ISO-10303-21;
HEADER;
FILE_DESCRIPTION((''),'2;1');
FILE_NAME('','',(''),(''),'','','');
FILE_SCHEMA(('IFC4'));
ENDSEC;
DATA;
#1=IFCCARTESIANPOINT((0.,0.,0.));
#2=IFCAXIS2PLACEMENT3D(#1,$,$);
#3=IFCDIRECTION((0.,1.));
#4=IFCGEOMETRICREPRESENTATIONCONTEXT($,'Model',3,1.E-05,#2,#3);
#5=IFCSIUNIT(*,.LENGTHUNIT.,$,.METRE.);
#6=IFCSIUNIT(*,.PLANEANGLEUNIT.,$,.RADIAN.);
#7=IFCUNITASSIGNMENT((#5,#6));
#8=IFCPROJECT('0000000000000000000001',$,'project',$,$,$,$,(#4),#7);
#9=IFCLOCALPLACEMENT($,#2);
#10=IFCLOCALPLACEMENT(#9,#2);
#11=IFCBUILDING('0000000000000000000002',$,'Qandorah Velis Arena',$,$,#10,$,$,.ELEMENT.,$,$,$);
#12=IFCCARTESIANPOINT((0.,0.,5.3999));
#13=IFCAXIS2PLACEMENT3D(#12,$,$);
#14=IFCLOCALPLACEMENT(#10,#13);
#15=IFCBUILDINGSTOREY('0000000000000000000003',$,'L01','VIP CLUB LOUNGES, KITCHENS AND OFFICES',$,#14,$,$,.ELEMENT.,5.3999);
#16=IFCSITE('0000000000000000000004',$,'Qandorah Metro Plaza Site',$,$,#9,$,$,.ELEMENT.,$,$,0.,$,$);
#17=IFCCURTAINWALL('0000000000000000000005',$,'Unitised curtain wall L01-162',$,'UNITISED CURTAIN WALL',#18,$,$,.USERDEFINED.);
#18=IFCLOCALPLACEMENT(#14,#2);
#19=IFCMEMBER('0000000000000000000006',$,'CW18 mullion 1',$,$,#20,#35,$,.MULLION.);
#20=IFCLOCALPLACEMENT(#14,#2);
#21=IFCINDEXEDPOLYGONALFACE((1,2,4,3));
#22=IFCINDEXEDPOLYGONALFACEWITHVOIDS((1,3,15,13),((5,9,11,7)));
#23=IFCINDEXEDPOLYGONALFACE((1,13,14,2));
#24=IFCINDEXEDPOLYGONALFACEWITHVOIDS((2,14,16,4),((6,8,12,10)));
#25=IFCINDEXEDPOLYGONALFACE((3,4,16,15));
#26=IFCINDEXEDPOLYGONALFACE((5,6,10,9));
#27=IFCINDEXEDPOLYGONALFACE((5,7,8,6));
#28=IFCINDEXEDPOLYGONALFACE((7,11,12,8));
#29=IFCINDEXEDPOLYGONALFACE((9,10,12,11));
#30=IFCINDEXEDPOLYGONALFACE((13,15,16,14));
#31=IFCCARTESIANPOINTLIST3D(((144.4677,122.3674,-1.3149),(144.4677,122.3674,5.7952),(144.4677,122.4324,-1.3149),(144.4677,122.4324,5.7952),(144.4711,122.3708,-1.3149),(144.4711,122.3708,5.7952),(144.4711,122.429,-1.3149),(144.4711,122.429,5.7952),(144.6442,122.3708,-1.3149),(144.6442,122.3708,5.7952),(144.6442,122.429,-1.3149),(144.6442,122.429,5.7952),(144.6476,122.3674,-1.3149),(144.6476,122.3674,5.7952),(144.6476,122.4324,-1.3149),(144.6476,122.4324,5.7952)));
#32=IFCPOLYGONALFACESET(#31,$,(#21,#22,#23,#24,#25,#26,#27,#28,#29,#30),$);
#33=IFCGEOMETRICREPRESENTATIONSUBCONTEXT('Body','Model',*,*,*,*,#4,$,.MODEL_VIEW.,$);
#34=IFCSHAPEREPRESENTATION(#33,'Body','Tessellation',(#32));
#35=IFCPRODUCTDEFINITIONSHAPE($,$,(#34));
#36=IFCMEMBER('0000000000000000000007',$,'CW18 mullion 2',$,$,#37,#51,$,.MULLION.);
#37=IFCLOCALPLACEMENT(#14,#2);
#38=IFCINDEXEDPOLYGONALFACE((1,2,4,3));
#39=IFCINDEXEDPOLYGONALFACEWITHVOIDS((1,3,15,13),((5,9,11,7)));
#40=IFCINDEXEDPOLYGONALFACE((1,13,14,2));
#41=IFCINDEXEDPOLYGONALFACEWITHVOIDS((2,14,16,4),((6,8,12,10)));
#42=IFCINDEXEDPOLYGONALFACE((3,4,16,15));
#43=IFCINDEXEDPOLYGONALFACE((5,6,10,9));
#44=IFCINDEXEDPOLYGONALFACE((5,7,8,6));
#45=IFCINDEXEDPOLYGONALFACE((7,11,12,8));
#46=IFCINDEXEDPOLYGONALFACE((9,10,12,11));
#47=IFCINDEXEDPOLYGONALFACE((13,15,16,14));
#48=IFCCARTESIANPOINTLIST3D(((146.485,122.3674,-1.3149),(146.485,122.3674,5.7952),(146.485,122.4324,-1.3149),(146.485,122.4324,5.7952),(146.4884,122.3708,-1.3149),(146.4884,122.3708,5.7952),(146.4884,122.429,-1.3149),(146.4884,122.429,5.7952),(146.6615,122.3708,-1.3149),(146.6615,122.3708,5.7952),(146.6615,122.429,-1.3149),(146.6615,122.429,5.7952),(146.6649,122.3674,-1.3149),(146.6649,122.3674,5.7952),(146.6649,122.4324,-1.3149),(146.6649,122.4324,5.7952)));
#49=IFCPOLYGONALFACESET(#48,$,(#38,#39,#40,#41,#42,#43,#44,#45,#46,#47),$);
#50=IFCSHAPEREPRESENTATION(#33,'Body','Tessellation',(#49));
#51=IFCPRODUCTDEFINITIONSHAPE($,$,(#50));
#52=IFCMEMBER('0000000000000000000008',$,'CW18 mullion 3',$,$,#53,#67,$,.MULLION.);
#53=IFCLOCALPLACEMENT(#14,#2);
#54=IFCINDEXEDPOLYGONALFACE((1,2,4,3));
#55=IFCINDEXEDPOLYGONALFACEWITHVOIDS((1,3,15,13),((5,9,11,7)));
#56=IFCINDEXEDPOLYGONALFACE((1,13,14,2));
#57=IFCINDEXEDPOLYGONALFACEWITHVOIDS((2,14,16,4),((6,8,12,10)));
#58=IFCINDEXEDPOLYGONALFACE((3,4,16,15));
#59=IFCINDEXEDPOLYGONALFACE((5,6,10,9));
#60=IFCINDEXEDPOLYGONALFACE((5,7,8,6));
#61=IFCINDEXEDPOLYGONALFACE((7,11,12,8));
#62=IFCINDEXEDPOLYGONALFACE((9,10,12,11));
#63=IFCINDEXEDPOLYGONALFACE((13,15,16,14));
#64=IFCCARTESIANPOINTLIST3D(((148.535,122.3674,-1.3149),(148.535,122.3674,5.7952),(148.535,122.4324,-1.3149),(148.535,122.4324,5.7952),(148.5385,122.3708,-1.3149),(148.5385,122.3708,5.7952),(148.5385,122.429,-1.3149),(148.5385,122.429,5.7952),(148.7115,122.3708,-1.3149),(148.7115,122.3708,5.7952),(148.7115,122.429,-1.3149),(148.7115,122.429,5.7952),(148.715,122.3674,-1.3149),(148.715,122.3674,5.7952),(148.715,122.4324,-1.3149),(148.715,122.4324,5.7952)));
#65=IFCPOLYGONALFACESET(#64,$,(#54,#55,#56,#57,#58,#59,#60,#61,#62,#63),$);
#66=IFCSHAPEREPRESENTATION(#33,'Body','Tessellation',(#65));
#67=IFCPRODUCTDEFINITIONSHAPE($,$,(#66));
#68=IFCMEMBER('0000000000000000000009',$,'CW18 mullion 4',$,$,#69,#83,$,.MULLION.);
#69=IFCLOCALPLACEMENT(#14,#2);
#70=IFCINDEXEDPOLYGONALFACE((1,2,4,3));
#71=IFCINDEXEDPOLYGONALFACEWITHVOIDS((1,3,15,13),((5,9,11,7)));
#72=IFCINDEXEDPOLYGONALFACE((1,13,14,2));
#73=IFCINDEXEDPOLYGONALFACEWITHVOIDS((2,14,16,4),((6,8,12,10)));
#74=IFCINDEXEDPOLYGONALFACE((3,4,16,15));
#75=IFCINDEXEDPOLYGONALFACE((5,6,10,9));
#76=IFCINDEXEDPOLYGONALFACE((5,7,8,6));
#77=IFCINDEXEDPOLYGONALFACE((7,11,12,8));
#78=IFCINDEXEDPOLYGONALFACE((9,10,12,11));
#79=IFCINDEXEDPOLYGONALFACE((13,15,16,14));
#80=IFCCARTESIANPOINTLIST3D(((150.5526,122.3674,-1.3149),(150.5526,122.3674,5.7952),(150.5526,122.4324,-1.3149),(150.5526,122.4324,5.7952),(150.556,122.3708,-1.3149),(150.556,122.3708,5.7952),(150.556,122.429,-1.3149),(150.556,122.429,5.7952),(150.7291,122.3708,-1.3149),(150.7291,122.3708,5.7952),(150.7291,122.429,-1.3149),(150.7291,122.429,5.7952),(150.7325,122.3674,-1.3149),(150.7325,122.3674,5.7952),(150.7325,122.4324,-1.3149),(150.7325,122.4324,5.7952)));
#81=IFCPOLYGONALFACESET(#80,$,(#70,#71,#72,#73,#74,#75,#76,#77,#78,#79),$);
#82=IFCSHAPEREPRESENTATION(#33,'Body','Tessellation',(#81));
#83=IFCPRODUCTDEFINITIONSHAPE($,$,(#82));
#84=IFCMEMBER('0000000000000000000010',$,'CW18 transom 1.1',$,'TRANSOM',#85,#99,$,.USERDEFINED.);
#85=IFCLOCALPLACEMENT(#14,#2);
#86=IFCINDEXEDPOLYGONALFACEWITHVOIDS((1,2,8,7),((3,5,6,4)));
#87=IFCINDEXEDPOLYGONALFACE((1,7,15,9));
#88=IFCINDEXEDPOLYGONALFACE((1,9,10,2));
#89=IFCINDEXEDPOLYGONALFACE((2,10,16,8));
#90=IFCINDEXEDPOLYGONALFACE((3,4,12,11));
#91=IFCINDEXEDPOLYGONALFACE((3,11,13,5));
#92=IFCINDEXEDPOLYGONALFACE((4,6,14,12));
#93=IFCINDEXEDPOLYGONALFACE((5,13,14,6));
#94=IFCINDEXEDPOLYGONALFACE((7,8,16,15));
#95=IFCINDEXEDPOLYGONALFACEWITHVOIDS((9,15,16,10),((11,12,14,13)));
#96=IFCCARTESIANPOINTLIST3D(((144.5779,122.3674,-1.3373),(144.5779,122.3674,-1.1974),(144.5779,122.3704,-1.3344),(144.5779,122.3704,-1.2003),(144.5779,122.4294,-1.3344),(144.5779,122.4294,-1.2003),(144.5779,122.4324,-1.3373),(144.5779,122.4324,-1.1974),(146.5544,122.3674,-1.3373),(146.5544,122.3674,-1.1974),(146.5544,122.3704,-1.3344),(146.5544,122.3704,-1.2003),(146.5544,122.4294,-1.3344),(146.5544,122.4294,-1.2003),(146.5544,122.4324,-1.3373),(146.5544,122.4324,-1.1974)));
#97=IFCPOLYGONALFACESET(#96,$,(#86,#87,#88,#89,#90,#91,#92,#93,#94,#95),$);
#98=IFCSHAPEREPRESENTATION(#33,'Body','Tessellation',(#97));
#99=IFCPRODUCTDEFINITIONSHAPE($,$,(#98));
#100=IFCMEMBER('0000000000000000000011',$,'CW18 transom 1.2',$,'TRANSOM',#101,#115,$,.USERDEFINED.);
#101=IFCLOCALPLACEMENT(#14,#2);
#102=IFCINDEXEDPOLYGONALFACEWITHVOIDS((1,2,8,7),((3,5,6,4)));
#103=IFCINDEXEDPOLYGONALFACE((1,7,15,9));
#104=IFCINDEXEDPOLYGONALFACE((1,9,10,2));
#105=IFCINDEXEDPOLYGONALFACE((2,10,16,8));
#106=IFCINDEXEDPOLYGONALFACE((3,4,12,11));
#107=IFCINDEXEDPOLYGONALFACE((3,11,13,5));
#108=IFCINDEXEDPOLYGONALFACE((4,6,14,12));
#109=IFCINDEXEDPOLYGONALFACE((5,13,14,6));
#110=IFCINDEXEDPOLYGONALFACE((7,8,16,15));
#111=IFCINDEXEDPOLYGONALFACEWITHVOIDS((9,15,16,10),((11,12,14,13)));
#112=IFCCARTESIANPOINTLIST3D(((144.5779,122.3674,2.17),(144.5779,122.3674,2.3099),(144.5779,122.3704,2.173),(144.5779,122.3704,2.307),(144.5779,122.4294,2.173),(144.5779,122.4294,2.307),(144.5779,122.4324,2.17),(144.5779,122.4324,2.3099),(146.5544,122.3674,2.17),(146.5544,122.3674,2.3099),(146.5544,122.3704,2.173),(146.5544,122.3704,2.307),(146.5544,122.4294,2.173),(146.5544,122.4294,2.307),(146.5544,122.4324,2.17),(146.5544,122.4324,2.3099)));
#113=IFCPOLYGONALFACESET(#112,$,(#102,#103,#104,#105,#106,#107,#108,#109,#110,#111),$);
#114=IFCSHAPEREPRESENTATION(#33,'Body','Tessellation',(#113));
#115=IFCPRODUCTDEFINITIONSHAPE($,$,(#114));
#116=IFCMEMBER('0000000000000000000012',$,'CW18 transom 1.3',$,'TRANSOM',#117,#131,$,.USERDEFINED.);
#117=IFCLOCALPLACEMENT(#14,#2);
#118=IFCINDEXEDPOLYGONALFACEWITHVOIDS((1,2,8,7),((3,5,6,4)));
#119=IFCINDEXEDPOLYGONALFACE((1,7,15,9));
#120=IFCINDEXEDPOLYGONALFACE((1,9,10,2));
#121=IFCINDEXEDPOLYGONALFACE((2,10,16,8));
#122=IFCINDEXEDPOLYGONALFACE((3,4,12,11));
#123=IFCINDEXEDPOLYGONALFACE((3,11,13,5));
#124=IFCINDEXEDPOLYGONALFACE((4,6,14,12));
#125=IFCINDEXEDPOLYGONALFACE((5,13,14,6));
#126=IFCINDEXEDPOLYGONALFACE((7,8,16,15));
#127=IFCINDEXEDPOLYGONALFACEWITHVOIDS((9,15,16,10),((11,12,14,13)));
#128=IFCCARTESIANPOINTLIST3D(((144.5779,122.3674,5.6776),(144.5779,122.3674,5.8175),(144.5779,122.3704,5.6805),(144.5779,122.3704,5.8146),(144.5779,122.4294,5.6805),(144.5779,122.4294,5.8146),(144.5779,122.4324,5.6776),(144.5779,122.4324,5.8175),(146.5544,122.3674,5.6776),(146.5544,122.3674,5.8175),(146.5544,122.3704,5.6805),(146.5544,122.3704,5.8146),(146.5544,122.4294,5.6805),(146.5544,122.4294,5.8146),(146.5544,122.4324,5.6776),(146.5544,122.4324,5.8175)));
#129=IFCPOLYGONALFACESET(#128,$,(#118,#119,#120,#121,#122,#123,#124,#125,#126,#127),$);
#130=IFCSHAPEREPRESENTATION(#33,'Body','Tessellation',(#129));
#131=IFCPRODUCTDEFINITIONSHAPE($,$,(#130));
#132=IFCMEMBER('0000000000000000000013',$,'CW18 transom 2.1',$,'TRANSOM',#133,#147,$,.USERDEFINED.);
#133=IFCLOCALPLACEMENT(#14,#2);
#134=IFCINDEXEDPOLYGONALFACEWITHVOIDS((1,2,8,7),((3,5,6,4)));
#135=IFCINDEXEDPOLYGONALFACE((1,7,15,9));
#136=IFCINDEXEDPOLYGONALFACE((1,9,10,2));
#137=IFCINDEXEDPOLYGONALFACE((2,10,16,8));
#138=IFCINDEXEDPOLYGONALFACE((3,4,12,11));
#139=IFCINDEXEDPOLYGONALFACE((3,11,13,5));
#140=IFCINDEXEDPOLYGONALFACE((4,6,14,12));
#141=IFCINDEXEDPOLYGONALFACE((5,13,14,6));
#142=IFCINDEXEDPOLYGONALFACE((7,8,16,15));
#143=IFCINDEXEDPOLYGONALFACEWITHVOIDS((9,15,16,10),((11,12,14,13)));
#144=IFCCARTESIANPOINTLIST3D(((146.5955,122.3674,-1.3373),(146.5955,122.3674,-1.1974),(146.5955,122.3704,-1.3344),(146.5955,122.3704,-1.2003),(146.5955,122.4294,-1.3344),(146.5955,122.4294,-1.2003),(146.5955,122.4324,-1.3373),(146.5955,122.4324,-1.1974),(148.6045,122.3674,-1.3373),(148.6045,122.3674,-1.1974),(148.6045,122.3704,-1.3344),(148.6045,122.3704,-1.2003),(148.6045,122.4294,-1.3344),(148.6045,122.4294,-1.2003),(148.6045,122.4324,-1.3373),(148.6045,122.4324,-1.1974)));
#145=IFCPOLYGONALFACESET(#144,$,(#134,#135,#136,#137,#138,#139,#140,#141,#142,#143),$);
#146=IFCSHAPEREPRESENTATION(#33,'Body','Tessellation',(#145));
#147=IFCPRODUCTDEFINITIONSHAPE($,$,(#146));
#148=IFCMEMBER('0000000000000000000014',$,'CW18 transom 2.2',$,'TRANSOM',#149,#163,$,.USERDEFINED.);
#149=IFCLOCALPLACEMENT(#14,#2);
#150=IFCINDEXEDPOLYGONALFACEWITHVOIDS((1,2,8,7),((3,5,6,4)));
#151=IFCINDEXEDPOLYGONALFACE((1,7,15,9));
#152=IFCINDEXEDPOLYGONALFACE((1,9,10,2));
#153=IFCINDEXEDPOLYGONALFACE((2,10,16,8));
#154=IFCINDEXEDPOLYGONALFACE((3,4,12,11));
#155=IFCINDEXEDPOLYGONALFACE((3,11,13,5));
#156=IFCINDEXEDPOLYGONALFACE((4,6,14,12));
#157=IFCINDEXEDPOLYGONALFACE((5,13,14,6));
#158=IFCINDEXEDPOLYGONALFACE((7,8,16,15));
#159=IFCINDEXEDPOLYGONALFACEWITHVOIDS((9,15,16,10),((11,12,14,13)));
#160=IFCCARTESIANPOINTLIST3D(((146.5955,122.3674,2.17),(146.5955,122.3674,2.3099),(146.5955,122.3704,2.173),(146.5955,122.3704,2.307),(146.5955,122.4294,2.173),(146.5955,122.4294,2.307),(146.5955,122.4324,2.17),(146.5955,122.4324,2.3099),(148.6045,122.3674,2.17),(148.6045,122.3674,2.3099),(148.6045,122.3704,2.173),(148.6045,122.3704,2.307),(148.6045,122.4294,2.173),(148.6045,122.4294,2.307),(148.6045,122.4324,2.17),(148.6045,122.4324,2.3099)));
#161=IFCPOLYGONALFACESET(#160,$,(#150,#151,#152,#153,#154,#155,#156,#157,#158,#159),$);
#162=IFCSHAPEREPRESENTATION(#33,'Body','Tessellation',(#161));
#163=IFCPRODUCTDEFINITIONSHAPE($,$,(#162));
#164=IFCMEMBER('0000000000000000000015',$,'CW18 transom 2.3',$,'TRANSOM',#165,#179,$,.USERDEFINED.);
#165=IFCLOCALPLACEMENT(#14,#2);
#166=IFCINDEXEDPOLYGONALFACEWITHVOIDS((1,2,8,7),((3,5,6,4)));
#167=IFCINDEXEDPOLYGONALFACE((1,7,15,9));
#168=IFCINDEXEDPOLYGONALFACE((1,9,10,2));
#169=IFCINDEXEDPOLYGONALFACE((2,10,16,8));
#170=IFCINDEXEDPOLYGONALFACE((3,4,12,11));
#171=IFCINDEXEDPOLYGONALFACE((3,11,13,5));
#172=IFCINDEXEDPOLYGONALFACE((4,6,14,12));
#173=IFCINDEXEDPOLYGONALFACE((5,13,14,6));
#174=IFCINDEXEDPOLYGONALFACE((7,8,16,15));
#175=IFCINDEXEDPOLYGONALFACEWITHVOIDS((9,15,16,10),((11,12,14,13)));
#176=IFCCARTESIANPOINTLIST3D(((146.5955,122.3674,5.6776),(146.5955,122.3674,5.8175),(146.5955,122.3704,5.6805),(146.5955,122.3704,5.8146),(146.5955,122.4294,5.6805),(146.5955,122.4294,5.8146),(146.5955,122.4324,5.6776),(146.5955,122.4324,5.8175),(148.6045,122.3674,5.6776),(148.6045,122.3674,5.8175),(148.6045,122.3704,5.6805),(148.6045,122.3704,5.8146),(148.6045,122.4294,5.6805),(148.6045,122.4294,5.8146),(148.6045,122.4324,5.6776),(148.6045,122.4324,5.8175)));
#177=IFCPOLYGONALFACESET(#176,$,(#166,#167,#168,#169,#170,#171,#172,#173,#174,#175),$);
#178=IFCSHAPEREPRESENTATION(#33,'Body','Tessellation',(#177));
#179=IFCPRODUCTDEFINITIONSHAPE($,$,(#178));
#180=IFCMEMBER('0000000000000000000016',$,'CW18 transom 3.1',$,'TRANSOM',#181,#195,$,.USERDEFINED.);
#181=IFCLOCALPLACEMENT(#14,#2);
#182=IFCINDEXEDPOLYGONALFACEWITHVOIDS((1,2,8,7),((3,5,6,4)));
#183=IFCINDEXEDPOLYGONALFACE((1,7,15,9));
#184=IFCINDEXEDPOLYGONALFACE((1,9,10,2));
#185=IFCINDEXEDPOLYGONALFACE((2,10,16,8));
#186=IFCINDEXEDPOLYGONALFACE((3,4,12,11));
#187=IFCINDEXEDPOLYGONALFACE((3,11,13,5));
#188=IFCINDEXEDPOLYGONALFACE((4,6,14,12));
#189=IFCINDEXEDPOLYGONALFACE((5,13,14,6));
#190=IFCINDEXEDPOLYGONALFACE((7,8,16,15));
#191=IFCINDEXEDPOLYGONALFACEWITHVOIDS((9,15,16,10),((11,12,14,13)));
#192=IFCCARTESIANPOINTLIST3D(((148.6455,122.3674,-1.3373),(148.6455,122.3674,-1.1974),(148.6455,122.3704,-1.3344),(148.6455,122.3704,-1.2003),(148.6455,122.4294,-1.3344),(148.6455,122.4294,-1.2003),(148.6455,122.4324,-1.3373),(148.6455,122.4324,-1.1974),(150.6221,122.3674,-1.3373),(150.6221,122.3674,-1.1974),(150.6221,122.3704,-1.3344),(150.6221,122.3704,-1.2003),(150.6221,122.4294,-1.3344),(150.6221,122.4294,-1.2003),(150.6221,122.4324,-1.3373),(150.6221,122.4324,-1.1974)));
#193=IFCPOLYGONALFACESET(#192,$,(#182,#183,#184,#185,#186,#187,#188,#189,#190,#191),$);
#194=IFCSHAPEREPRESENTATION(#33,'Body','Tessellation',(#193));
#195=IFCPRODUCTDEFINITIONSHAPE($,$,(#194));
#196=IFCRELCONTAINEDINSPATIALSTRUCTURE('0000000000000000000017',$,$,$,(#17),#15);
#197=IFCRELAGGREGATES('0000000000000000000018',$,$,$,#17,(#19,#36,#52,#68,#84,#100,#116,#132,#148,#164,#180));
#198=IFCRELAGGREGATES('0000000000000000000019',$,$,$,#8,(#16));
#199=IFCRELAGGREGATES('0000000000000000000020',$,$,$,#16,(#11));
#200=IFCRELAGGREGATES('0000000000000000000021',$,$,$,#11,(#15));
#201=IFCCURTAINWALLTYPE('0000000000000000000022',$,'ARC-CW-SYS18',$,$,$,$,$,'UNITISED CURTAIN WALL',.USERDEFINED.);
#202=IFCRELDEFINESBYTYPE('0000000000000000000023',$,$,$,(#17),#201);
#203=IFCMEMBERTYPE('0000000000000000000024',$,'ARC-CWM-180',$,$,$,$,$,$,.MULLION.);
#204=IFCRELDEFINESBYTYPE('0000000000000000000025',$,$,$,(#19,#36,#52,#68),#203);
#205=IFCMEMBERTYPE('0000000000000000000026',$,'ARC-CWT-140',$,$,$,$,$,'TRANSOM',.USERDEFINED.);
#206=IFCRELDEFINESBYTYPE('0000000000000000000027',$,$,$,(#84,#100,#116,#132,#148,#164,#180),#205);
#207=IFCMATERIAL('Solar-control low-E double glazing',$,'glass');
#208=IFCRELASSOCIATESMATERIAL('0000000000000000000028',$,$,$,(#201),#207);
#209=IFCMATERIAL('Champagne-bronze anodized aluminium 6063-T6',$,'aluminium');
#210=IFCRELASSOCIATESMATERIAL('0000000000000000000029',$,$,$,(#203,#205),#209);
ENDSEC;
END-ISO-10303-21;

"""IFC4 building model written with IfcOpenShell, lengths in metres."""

from ifc_helpers import new_model, si_unit, direction, frame, origin, origin_2d, place, context, subcontext, project, spatial, hollow_rectangle, extrude, material, material_profile, profile_set, type_object, element, aggregate, save


model = new_model("IFC4")

# Units and contexts
model_context = context("Model", 3, precision=1e-05, world=origin(), true_north=direction((0.0, 1.0)))
body_context = subcontext(model_context, "Body", "Model", "MODEL_VIEW")
ifc_project = project(units=[si_unit("LENGTHUNIT", "METRE"), si_unit("PLANEANGLEUNIT", "RADIAN")], contexts=[model_context])

# Site, building, storey
site_placement = place(None, origin())
site = spatial("IfcSite", under=ifc_project, at=site_placement, Name="Qandorah Metro Plaza Site", CompositionType="ELEMENT", RefElevation=0.0)
building_placement = place(site_placement, origin())
building = spatial("IfcBuilding", under=site, at=building_placement, Name="Qandorah Velis Arena", CompositionType="ELEMENT")
storey_placement = place(building_placement, frame((0.0, 0.0, 5.3999)))
storey = spatial("IfcBuildingStorey", under=building, at=storey_placement, Name="L01", Description="VIP CLUB LOUNGES, KITCHENS AND OFFICES", CompositionType="ELEMENT", Elevation=5.3999)

# Curtain wall, members
ifc_material_1 = material(Name="Solar-control low-E double glazing", Category="glass")
curtain_wall_type = type_object("IfcCurtainWallType", Name="ARC-CW-SYS18", ElementType="UNITISED CURTAIN WALL", PredefinedType="USERDEFINED", material=ifc_material_1)
curtain_wall_placement = place(storey_placement, origin())
curtain_wall = element("IfcCurtainWall", 1, at=curtain_wall_placement, inside=storey, type_object=curtain_wall_type, Name="Unitised curtain wall L01-162", ObjectType="UNITISED CURTAIN WALL", PredefinedType="USERDEFINED")
ifc_material_2 = material(Name="Champagne-bronze anodized aluminium 6063-T6", Category="aluminium")
ifc_material_profile_1 = material_profile(ifc_material_2, hollow_rectangle(XDim=0.0649, YDim=0.1799, WallThickness=0.0034, at=origin_2d()), Name="ALU MULLION 65x180")
ifc_profile_set_1 = profile_set([ifc_material_profile_1], Name="Champagne-bronze anodized aluminium 6063-T6")
member_type_1 = type_object("IfcMemberType", Name="ARC-CWM-180", PredefinedType="MULLION", material=ifc_profile_set_1)
member_1_placement = place(storey_placement, frame((144.5576, 122.3999, -1.3149), z_axis=(0.0, 0.0, 1.0), x_axis=(0.0, 1.0, 0.0)))
member_1 = element("IfcMember", 2, at=member_1_placement, type_object=member_type_1, Name="CW18 mullion 1", PredefinedType="MULLION", context=body_context, shape_type="SweptSolid", body=[
    extrude(hollow_rectangle(XDim=0.0649, YDim=0.1799, WallThickness=0.0034, at=origin_2d()), origin(), (0.0, 0.0, 1.0), 7.1101),
])
member_2_placement = place(storey_placement, frame((146.575, 122.3999, -1.3149), z_axis=(0.0, 0.0, 1.0), x_axis=(0.0, 1.0, 0.0)))
member_2 = element("IfcMember", 3, at=member_2_placement, type_object=member_type_1, Name="CW18 mullion 2", PredefinedType="MULLION", context=body_context, shape_type="SweptSolid", body=[
    extrude(hollow_rectangle(XDim=0.0649, YDim=0.1799, WallThickness=0.0034, at=origin_2d()), origin(), (0.0, 0.0, 1.0), 7.1101),
])
member_3_placement = place(storey_placement, frame((148.625, 122.3999, -1.3149), z_axis=(0.0, 0.0, 1.0), x_axis=(0.0, 1.0, 0.0)))
member_3 = element("IfcMember", 4, at=member_3_placement, type_object=member_type_1, Name="CW18 mullion 3", PredefinedType="MULLION", context=body_context, shape_type="SweptSolid", body=[
    extrude(hollow_rectangle(XDim=0.0649, YDim=0.1799, WallThickness=0.0034, at=origin_2d()), origin(), (0.0, 0.0, 1.0), 7.1101),
])
member_4_placement = place(storey_placement, frame((150.6426, 122.3999, -1.3149), z_axis=(0.0, 0.0, 1.0), x_axis=(0.0, 1.0, 0.0)))
member_4 = element("IfcMember", 5, at=member_4_placement, type_object=member_type_1, Name="CW18 mullion 4", PredefinedType="MULLION", context=body_context, shape_type="SweptSolid", body=[
    extrude(hollow_rectangle(XDim=0.0649, YDim=0.1799, WallThickness=0.0034, at=origin_2d()), origin(), (0.0, 0.0, 1.0), 7.1101),
])
ifc_material_profile_2 = material_profile(ifc_material_2, hollow_rectangle(XDim=0.0649, YDim=0.1399, WallThickness=0.0029, at=origin_2d()), Name="ALU TRANSOM 65x140")
ifc_profile_set_2 = profile_set([ifc_material_profile_2], Name="Champagne-bronze anodized aluminium 6063-T6")
member_type_2 = type_object("IfcMemberType", Name="ARC-CWT-140", ElementType="TRANSOM", PredefinedType="USERDEFINED", material=ifc_profile_set_2)
member_5_placement = place(storey_placement, frame((144.5779, 122.3999, -1.2673), z_axis=(1.0, 0.0, 0.0), x_axis=(0.0, 1.0, 0.0)))
member_5 = element("IfcMember", 6, at=member_5_placement, type_object=member_type_2, Name="CW18 transom 1.1", ObjectType="TRANSOM", PredefinedType="USERDEFINED", context=body_context, shape_type="SweptSolid", body=[
    extrude(hollow_rectangle(XDim=0.0649, YDim=0.1399, WallThickness=0.0029, at=origin_2d()), origin(), (0.0, 0.0, 1.0), 1.9766),
])
member_6_placement = place(storey_placement, frame((144.5779, 122.3999, 2.24), z_axis=(1.0, 0.0, 0.0), x_axis=(0.0, 1.0, 0.0)))
member_6 = element("IfcMember", 7, at=member_6_placement, type_object=member_type_2, Name="CW18 transom 1.2", ObjectType="TRANSOM", PredefinedType="USERDEFINED", context=body_context, shape_type="SweptSolid", body=[
    extrude(hollow_rectangle(XDim=0.0649, YDim=0.1399, WallThickness=0.0029, at=origin_2d()), origin(), (0.0, 0.0, 1.0), 1.9766),
])
member_7_placement = place(storey_placement, frame((144.5779, 122.3999, 5.7476), z_axis=(1.0, 0.0, 0.0), x_axis=(0.0, 1.0, 0.0)))
member_7 = element("IfcMember", 8, at=member_7_placement, type_object=member_type_2, Name="CW18 transom 1.3", ObjectType="TRANSOM", PredefinedType="USERDEFINED", context=body_context, shape_type="SweptSolid", body=[
    extrude(hollow_rectangle(XDim=0.0649, YDim=0.1399, WallThickness=0.0029, at=origin_2d()), origin(), (0.0, 0.0, 1.0), 1.9766),
])
member_8_placement = place(storey_placement, frame((146.5955, 122.3999, -1.2673), z_axis=(1.0, 0.0, 0.0), x_axis=(0.0, 1.0, 0.0)))
member_8 = element("IfcMember", 9, at=member_8_placement, type_object=member_type_2, Name="CW18 transom 2.1", ObjectType="TRANSOM", PredefinedType="USERDEFINED", context=body_context, shape_type="SweptSolid", body=[
    extrude(hollow_rectangle(XDim=0.0649, YDim=0.1399, WallThickness=0.0029, at=origin_2d()), origin(), (0.0, 0.0, 1.0), 2.009),
])
member_9_placement = place(storey_placement, frame((146.5955, 122.3999, 2.24), z_axis=(1.0, 0.0, 0.0), x_axis=(0.0, 1.0, 0.0)))
member_9 = element("IfcMember", 10, at=member_9_placement, type_object=member_type_2, Name="CW18 transom 2.2", ObjectType="TRANSOM", PredefinedType="USERDEFINED", context=body_context, shape_type="SweptSolid", body=[
    extrude(hollow_rectangle(XDim=0.0649, YDim=0.1399, WallThickness=0.0029, at=origin_2d()), origin(), (0.0, 0.0, 1.0), 2.009),
])
member_10_placement = place(storey_placement, frame((146.5955, 122.3999, 5.7476), z_axis=(1.0, 0.0, 0.0), x_axis=(0.0, 1.0, 0.0)))
member_10 = element("IfcMember", 11, at=member_10_placement, type_object=member_type_2, Name="CW18 transom 2.3", ObjectType="TRANSOM", PredefinedType="USERDEFINED", context=body_context, shape_type="SweptSolid", body=[
    extrude(hollow_rectangle(XDim=0.0649, YDim=0.1399, WallThickness=0.0029, at=origin_2d()), origin(), (0.0, 0.0, 1.0), 2.009),
])
member_11_placement = place(storey_placement, frame((148.6455, 122.3999, -1.2673), z_axis=(1.0, 0.0, 0.0), x_axis=(0.0, 1.0, 0.0)))
member_11 = element("IfcMember", 12, at=member_11_placement, type_object=member_type_2, Name="CW18 transom 3.1", ObjectType="TRANSOM", PredefinedType="USERDEFINED", context=body_context, shape_type="SweptSolid", body=[
    extrude(hollow_rectangle(XDim=0.0649, YDim=0.1399, WallThickness=0.0029, at=origin_2d()), origin(), (0.0, 0.0, 1.0), 1.9766),
])

aggregate(curtain_wall, [member_1, member_2, member_3, member_4, member_5, member_6, member_7, member_8, member_9, member_10, member_11])

save(model, "model.ifc")
